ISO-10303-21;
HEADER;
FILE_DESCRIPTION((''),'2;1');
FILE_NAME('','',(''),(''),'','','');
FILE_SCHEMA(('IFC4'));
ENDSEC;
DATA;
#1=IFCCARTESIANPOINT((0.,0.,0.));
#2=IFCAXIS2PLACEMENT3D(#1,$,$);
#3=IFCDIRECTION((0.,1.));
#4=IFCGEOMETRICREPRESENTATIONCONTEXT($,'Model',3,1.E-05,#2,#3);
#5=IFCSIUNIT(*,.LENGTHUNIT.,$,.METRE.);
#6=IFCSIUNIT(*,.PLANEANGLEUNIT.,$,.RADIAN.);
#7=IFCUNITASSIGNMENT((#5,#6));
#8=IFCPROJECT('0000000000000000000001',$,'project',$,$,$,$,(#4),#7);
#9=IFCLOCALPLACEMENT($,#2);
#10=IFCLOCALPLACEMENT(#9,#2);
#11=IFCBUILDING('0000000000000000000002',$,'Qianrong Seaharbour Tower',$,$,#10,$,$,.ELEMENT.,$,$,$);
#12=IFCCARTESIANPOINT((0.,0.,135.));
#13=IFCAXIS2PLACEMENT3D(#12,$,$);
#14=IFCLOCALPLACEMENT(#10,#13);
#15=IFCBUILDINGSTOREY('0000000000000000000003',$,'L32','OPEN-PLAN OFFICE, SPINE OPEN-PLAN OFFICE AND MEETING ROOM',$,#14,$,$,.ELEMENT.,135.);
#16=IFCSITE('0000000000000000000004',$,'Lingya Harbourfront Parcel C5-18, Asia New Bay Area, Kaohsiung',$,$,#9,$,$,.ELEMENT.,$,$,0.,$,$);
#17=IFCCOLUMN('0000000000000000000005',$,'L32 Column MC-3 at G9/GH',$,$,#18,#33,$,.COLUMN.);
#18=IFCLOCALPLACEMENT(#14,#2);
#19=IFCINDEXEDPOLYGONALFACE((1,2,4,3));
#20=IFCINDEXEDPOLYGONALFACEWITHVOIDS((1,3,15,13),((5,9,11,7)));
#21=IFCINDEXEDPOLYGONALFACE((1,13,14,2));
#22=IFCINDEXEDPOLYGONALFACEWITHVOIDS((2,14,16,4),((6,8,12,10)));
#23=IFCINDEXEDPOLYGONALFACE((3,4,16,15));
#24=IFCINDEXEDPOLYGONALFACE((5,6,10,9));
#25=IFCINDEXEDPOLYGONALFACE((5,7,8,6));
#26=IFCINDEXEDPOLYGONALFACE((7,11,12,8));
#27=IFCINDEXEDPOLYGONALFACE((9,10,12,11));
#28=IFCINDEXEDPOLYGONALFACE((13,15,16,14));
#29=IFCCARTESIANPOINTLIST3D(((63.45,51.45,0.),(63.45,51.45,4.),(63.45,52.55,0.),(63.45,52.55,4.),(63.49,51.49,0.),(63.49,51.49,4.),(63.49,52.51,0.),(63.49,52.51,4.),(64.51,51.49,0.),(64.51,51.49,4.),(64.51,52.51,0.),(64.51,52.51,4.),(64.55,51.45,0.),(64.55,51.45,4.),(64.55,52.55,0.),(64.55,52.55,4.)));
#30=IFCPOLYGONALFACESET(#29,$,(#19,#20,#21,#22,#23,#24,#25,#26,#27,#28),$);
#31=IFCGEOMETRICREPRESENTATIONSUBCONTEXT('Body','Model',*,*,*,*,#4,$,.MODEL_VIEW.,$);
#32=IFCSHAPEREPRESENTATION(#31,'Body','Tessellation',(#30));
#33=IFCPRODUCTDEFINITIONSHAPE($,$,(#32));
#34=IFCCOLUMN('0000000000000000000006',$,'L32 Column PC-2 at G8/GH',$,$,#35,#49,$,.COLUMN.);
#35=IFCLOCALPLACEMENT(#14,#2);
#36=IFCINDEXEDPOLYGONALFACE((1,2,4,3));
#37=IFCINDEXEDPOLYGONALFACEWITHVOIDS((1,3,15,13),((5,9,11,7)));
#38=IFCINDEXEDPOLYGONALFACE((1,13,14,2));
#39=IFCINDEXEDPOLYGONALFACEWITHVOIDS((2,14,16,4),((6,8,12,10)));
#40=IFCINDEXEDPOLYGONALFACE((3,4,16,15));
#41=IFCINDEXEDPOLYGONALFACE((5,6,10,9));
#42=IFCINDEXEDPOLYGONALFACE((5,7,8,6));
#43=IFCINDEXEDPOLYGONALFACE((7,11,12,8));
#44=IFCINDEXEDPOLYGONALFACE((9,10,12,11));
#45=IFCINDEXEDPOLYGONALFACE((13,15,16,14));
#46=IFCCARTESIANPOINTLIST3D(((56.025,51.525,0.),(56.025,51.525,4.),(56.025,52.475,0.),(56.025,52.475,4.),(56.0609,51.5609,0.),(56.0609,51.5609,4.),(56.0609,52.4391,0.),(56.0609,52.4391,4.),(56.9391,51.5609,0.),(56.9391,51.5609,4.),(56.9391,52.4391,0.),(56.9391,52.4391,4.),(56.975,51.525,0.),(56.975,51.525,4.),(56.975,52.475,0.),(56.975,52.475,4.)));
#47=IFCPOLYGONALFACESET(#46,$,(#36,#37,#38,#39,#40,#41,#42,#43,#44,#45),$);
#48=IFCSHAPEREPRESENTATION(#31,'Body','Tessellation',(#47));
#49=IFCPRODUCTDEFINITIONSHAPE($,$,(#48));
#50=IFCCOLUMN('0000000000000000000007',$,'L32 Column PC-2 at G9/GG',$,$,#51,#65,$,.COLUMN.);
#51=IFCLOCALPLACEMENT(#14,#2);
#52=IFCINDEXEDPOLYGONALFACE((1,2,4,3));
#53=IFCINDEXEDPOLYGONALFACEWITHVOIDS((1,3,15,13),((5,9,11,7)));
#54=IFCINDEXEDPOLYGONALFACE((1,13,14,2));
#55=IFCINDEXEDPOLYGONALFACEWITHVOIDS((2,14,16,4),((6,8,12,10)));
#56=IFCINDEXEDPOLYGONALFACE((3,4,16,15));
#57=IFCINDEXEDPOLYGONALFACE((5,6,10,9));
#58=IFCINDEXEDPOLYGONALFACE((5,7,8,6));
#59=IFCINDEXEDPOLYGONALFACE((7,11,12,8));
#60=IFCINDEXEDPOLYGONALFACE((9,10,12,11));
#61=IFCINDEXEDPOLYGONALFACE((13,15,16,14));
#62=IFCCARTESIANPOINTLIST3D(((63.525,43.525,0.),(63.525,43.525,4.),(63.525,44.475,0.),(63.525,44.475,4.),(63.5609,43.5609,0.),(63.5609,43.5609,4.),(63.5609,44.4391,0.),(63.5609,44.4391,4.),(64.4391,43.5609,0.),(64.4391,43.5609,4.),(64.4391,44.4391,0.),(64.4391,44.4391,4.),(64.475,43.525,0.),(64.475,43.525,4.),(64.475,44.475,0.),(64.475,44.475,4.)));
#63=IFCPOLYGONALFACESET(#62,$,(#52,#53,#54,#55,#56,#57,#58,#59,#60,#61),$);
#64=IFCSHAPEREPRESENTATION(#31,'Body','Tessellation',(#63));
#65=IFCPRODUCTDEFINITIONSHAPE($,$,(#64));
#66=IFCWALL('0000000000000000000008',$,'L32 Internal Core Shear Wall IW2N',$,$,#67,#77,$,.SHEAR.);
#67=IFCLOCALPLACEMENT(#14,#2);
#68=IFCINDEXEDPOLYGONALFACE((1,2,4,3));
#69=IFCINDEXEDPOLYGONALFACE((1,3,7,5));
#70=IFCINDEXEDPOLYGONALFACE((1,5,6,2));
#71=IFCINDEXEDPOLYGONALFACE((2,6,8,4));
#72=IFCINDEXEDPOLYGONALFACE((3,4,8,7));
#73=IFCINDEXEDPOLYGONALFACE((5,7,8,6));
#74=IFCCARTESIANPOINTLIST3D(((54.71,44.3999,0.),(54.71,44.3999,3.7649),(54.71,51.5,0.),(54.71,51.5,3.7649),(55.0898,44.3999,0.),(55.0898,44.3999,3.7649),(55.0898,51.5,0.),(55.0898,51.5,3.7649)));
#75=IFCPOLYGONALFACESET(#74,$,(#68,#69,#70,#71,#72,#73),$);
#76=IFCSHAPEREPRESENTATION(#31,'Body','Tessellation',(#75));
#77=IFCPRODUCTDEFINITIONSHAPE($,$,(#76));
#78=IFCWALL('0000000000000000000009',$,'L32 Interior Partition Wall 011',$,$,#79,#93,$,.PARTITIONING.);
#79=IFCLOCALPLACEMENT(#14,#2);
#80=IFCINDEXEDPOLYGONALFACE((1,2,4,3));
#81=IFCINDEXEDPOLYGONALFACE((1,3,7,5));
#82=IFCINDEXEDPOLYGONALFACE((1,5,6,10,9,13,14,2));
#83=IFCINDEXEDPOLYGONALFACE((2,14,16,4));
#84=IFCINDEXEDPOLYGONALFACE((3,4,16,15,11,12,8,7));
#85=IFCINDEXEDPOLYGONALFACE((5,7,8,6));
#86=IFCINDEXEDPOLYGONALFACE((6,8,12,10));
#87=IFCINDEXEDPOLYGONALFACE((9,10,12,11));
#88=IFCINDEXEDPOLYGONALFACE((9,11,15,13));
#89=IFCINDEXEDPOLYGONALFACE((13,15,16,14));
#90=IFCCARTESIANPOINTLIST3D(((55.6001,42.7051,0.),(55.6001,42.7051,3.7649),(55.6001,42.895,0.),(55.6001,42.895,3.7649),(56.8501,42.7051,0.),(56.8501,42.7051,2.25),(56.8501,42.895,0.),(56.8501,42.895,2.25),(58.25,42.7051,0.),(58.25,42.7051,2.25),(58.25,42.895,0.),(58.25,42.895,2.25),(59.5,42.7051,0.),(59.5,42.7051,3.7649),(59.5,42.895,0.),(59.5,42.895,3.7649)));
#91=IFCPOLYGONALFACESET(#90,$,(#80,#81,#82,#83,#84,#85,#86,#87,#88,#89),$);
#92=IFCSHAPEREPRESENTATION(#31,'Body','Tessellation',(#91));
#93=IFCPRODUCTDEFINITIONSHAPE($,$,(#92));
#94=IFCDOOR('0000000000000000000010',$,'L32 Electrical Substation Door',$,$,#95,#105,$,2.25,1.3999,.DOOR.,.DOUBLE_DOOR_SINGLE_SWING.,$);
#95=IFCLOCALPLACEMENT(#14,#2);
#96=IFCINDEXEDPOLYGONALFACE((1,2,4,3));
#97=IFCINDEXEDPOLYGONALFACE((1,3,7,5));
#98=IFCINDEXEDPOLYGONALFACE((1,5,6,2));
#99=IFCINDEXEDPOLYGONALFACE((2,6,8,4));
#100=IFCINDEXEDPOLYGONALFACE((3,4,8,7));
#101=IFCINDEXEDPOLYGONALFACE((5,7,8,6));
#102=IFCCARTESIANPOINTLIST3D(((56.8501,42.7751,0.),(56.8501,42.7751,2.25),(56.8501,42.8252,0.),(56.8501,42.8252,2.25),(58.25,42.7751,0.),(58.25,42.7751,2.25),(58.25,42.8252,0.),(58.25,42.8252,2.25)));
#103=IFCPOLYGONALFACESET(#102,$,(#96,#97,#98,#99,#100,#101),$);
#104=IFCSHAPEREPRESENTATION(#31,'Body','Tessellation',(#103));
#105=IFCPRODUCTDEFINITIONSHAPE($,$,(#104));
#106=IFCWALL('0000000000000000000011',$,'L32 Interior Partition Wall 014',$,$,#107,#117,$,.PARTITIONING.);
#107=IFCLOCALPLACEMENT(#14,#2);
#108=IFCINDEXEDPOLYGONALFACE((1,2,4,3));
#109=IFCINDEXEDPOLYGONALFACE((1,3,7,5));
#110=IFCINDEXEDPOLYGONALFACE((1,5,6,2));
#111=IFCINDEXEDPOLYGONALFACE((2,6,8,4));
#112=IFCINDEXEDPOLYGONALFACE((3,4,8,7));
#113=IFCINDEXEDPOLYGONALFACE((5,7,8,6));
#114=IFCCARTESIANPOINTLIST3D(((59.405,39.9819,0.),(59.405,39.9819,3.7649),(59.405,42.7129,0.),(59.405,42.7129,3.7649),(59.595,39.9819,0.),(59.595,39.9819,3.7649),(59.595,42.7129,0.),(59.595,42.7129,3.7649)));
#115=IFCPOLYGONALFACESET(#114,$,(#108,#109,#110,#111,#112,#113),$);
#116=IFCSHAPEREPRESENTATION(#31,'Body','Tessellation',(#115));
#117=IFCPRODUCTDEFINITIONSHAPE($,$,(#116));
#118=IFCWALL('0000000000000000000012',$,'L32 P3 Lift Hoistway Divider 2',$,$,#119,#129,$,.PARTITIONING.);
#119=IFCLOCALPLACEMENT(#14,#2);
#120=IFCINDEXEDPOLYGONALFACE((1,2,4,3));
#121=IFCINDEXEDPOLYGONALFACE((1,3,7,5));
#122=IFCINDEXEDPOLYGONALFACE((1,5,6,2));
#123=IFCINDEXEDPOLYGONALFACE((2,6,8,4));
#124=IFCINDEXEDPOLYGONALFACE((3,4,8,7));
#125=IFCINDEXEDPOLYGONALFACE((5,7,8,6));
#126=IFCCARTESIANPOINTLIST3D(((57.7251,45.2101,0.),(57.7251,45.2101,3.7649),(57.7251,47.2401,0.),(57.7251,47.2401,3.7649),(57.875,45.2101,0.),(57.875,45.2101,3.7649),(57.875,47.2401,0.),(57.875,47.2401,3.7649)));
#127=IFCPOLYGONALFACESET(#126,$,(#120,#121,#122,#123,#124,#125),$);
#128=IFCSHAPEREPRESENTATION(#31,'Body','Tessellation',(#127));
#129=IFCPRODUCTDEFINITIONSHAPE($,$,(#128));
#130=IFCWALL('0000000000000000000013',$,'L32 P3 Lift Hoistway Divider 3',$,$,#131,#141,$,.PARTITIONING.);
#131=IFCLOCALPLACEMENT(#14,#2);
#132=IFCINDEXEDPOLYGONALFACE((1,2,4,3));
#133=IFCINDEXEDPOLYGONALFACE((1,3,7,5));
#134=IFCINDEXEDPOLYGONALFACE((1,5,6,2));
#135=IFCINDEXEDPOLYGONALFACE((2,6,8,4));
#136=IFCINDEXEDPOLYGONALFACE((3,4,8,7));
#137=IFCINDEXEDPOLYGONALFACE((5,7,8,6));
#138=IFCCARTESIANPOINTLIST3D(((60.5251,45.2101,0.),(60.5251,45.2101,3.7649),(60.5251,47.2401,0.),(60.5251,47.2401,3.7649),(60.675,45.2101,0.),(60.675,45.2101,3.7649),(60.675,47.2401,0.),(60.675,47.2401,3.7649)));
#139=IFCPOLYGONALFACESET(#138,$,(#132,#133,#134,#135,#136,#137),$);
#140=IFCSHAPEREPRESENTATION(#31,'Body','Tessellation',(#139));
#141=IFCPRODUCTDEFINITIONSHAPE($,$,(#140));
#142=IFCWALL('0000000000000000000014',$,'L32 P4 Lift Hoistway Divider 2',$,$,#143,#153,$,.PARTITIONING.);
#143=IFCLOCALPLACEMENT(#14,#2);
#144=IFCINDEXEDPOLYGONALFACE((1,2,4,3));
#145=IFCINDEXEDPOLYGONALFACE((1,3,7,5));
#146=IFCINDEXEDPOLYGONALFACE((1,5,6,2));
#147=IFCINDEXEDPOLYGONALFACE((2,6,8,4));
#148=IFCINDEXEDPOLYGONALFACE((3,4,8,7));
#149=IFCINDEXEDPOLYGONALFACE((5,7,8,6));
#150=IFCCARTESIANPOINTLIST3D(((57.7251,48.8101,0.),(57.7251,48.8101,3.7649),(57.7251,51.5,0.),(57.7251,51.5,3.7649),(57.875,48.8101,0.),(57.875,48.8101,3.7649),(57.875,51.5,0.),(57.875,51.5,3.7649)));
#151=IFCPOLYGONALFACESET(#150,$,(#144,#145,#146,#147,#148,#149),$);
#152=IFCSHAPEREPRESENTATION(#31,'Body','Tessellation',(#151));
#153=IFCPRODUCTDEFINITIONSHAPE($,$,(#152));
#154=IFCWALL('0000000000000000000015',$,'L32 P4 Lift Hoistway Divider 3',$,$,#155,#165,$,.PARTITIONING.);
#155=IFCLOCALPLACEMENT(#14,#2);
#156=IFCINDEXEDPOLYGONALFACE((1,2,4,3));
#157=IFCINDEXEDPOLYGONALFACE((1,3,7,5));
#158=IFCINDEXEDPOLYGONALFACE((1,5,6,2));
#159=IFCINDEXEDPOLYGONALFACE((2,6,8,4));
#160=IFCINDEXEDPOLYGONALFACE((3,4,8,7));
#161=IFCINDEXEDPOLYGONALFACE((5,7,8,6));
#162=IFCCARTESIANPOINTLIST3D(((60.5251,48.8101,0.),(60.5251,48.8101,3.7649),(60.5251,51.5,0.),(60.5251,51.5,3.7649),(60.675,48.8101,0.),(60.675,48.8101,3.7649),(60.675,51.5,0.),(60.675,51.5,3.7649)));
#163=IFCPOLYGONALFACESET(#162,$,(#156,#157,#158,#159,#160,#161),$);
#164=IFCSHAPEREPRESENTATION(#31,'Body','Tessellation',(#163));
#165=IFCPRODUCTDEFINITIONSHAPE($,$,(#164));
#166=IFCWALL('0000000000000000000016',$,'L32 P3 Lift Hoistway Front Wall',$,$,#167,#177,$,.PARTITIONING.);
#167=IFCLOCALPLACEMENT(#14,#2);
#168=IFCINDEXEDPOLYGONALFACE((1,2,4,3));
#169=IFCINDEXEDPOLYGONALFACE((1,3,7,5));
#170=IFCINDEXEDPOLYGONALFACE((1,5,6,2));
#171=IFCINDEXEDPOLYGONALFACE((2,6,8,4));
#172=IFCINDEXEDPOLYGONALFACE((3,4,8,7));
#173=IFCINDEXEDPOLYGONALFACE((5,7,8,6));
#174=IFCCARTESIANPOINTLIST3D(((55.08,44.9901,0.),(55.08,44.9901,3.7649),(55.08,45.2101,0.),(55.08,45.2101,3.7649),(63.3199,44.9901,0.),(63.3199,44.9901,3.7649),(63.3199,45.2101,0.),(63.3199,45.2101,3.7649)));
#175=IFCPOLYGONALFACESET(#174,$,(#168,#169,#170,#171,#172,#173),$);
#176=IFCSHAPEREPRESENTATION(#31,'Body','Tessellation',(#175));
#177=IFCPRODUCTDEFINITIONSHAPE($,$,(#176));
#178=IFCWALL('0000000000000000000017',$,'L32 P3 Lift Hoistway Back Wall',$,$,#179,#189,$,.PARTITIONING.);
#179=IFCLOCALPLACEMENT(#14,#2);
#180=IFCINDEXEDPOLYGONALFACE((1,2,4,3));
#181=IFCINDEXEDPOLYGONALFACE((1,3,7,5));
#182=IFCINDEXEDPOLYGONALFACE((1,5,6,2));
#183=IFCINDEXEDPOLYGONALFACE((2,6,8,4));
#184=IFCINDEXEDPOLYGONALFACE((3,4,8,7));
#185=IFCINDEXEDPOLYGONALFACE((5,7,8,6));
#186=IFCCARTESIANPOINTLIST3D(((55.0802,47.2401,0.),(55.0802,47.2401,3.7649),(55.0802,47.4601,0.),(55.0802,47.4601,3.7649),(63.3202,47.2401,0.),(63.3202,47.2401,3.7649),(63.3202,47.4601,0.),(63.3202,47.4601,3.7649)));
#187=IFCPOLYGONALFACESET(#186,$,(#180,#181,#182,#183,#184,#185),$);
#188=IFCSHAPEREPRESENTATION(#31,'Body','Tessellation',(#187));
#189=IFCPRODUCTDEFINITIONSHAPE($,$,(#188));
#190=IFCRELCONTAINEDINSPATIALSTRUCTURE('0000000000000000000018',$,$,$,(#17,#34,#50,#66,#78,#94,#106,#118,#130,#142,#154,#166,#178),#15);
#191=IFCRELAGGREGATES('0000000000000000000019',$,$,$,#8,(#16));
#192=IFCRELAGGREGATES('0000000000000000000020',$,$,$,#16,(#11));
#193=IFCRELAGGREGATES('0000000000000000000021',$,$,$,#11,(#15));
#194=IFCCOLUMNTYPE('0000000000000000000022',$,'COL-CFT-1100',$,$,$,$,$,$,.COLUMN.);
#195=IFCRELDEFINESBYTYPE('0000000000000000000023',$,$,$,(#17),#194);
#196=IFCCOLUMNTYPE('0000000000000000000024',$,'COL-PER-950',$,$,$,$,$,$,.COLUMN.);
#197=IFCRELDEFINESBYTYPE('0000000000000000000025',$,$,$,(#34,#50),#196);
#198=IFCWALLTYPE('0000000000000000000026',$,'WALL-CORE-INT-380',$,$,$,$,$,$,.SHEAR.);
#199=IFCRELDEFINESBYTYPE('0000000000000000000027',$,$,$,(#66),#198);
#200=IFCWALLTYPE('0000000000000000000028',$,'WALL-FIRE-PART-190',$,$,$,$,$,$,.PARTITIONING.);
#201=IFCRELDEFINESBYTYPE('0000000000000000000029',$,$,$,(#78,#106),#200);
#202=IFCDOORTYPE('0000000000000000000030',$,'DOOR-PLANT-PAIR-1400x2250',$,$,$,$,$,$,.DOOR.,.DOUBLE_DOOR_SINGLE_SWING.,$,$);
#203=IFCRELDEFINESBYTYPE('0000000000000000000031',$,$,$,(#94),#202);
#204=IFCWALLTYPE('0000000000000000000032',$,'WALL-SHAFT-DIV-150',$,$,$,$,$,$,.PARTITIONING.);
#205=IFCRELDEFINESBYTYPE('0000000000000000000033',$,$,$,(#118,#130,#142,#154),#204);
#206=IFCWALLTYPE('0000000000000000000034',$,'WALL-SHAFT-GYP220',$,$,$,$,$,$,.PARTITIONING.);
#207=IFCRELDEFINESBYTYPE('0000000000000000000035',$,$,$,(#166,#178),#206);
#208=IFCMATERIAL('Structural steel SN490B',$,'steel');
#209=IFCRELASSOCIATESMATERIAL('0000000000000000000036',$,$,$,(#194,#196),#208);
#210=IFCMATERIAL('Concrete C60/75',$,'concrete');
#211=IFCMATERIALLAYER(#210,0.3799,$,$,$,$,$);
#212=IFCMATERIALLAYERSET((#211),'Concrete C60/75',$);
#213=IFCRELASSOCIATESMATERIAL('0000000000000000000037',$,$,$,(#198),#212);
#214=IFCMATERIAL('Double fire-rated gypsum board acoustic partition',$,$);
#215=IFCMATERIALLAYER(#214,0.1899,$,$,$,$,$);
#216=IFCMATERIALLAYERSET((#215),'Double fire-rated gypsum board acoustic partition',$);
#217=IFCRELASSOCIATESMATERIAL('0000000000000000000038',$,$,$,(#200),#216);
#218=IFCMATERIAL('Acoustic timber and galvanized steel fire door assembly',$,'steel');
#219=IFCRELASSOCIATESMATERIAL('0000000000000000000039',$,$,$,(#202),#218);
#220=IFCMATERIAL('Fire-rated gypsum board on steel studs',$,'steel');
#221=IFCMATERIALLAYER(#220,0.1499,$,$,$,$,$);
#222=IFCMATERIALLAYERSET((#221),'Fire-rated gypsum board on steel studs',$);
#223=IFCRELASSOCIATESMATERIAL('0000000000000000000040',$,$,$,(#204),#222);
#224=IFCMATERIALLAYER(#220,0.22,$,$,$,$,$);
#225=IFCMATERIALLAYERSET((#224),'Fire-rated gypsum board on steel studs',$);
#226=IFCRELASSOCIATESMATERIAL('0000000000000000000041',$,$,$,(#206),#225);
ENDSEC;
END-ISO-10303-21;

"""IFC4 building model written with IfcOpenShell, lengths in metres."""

from ifc_helpers import new_model, si_unit, direction, frame, frame_2d, origin, origin_2d, place, context, subcontext, project, spatial, rectangle, hollow_rectangle, extrude, material, layer, layer_set, material_profile, profile_set, type_object, element, fill, save


model = new_model("IFC4")

# Units and contexts
model_context = context("Model", 3, precision=1e-05, world=origin(), true_north=direction((0.0, 1.0)))
body_context = subcontext(model_context, "Body", "Model", "MODEL_VIEW")
ifc_project = project(units=[si_unit("LENGTHUNIT", "METRE"), si_unit("PLANEANGLEUNIT", "RADIAN")], contexts=[model_context])

# Site, building, storey
site_placement = place(None, origin())
site = spatial("IfcSite", under=ifc_project, at=site_placement, Name="Lingya Harbourfront Parcel C5-18, Asia New Bay Area, Kaohsiung", CompositionType="ELEMENT", RefElevation=0.0)
building_placement = place(site_placement, origin())
building = spatial("IfcBuilding", under=site, at=building_placement, Name="Qianrong Seaharbour Tower", CompositionType="ELEMENT")
storey_placement = place(building_placement, frame((0.0, 0.0, 135.0)))
storey = spatial("IfcBuildingStorey", under=building, at=storey_placement, Name="L32", Description="OPEN-PLAN OFFICE, SPINE OPEN-PLAN OFFICE AND MEETING ROOM", CompositionType="ELEMENT", Elevation=135.0)

# Columns
ifc_material_1 = material(Name="Structural steel SN490B", Category="steel")
ifc_material_profile_1 = material_profile(ifc_material_1, hollow_rectangle(XDim=1.1001, YDim=1.1001, WallThickness=0.04, at=origin_2d()), Name="BOX1100x1100x40")
ifc_profile_set_1 = profile_set([ifc_material_profile_1], Name="Structural steel SN490B")
column_type_1 = type_object("IfcColumnType", Name="COL-CFT-1100", PredefinedType="COLUMN", material=ifc_profile_set_1)
column_placement = place(storey_placement, frame((64.0, 52.0, 0.0), z_axis=(0.0, 0.0, 1.0), x_axis=(1.0, 0.0, 0.0)))
element("IfcColumn", 1, at=column_placement, inside=storey, type_object=column_type_1, Name="L32 Column MC-3 at G9/GH", PredefinedType="COLUMN", context=body_context, shape_type="SweptSolid", body=[
    extrude(hollow_rectangle(XDim=1.1001, YDim=1.1001, WallThickness=0.04, at=origin_2d()), origin(), (0.0, 0.0, 1.0), 4.0),
])
ifc_material_profile_2 = material_profile(ifc_material_1, hollow_rectangle(XDim=0.95, YDim=0.95, WallThickness=0.0359, at=origin_2d()), Name="BOX950x950x36")
ifc_profile_set_2 = profile_set([ifc_material_profile_2], Name="Structural steel SN490B")
column_type_2 = type_object("IfcColumnType", Name="COL-PER-950", PredefinedType="COLUMN", material=ifc_profile_set_2)
for number, where, z_axis, x_axis, name in (
    (2, (56.5, 52.0, 0.0), (0.0, 0.0, 1.0), (1.0, 0.0, 0.0), "L32 Column PC-2 at G8/GH"),
    (3, (64.0, 44.0, 0.0), (0.0, 0.0, 1.0), (1.0, 0.0, 0.0), "L32 Column PC-2 at G9/GG"),
):
    element("IfcColumn", number, at=place(storey_placement, frame(where, z_axis=z_axis, x_axis=x_axis)), inside=storey, type_object=column_type_2, Name=name, PredefinedType="COLUMN", context=body_context, shape_type="SweptSolid", body=[
        extrude(hollow_rectangle(XDim=0.95, YDim=0.95, WallThickness=0.0359, at=origin_2d()), origin(), (0.0, 0.0, 1.0), 4.0),
    ])

# Wall
ifc_material_2 = material(Name="Concrete C60/75", Category="concrete")
ifc_layer_1 = layer(ifc_material_2, 0.3799)
ifc_layer_set_1 = layer_set([ifc_layer_1], Name="Concrete C60/75")
wall_type_1 = type_object("IfcWallType", Name="WALL-CORE-INT-380", PredefinedType="SHEAR", material=ifc_layer_set_1)
wall_1_placement = place(storey_placement, frame((54.8999, 44.3999, 0.0), z_axis=(0.0, 0.0, 1.0), x_axis=(0.0, 1.0, 0.0)))
element("IfcWall", 4, at=wall_1_placement, inside=storey, type_object=wall_type_1, Name="L32 Internal Core Shear Wall IW2N", PredefinedType="SHEAR", context=body_context, shape_type="SweptSolid", body=[
    extrude(rectangle(XDim=7.1001, YDim=0.3799, at=frame_2d((3.55, 0.0))), origin(), (0.0, 0.0, 1.0), 3.7649),
])

# Wall, opening, door
ifc_material_3 = material(Name="Acoustic timber and galvanized steel fire door assembly", Category="steel")
ifc_material_4 = material(Name="Double fire-rated gypsum board acoustic partition")
ifc_layer_2 = layer(ifc_material_4, 0.1899)
ifc_layer_set_2 = layer_set([ifc_layer_2], Name="Double fire-rated gypsum board acoustic partition")
wall_type_2 = type_object("IfcWallType", Name="WALL-FIRE-PART-190", PredefinedType="PARTITIONING", material=ifc_layer_set_2)
wall_2_placement = place(storey_placement, frame((59.5, 42.8, 0.0), z_axis=(0.0, 0.0, 1.0), x_axis=(-1.0, 0.0, 0.0)))
wall_2 = element("IfcWall", 5, at=wall_2_placement, inside=storey, type_object=wall_type_2, Name="L32 Interior Partition Wall 011", PredefinedType="PARTITIONING", context=body_context, shape_type="SweptSolid", body=[
    extrude(rectangle(XDim=3.8999, YDim=0.1899, at=frame_2d((1.95, 0.0))), origin(), (0.0, 0.0, 1.0), 3.7649),
])
opening_1_placement = place(wall_2_placement, frame((1.25, 0.0, 0.0)))
opening_1 = element("IfcOpeningElement", 6, at=opening_1_placement, cuts=wall_2, PredefinedType="OPENING", context=body_context, shape_type="SweptSolid", body=[
    extrude(rectangle(XDim=1.3999, YDim=2.25, at=frame_2d((0.7, 1.125))), frame((0.0, 0.105, 0.0), z_axis=(0.0, -1.0, 0.0), x_axis=(1.0, 0.0, 0.0)), (0.0, 0.0, 1.0), 0.21),
])
door_type_1 = type_object("IfcDoorType", Name="DOOR-PLANT-PAIR-1400x2250", OperationType="DOUBLE_DOOR_SINGLE_SWING", PredefinedType="DOOR", material=ifc_material_3)
door_1_placement = place(opening_1_placement, origin())
door_1 = element("IfcDoor", 7, at=door_1_placement, inside=storey, type_object=door_type_1, Name="L32 Electrical Substation Door", OperationType="DOUBLE_DOOR_SINGLE_SWING", OverallHeight=2.25, OverallWidth=1.3999, PredefinedType="DOOR", context=body_context, shape_type="SweptSolid", body=[
    extrude(rectangle(XDim=1.3999, YDim=2.25, at=frame_2d((0.7, 1.125))), frame((0.0, 0.0249, 0.0), z_axis=(0.0, -1.0, 0.0), x_axis=(1.0, 0.0, 0.0)), (0.0, 0.0, 1.0), 0.05),
])
fill(opening_1, door_1)

# Walls
wall_3_placement = place(storey_placement, frame((59.5, 42.7129, 0.0), z_axis=(0.0, 0.0, 1.0), x_axis=(0.0, -1.0, 0.0)))
element("IfcWall", 8, at=wall_3_placement, inside=storey, type_object=wall_type_2, Name="L32 Interior Partition Wall 014", PredefinedType="PARTITIONING", context=body_context, shape_type="SweptSolid", body=[
    extrude(rectangle(XDim=2.731, YDim=0.1899, at=frame_2d((1.3655, 0.0))), origin(), (0.0, 0.0, 1.0), 3.7649),
])
ifc_material_5 = material(Name="Fire-rated gypsum board on steel studs", Category="steel")
ifc_layer_3 = layer(ifc_material_5, 0.1499)
ifc_layer_set_3 = layer_set([ifc_layer_3], Name="Fire-rated gypsum board on steel studs")
wall_type_3 = type_object("IfcWallType", Name="WALL-SHAFT-DIV-150", PredefinedType="PARTITIONING", material=ifc_layer_set_3)
for number, where, z_axis, x_axis, name in (
    (9, (57.8, 45.21, 0.0), (0.0, 0.0, 1.0), (0.0, 1.0, 0.0), "L32 P3 Lift Hoistway Divider 2"),
    (10, (60.6001, 45.21, 0.0), (0.0, 0.0, 1.0), (0.0, 1.0, 0.0), "L32 P3 Lift Hoistway Divider 3"),
):
    element("IfcWall", number, at=place(storey_placement, frame(where, z_axis=z_axis, x_axis=x_axis)), inside=storey, type_object=wall_type_3, Name=name, PredefinedType="PARTITIONING", context=body_context, shape_type="SweptSolid", body=[
        extrude(rectangle(XDim=2.03, YDim=0.1499, at=frame_2d((1.0151, 0.0))), origin(), (0.0, 0.0, 1.0), 3.7649),
    ])
for number, where, z_axis, x_axis, name in (
    (11, (57.8, 48.8101, 0.0), (0.0, 0.0, 1.0), (0.0, 1.0, 0.0), "L32 P4 Lift Hoistway Divider 2"),
    (12, (60.6001, 48.8101, 0.0), (0.0, 0.0, 1.0), (0.0, 1.0, 0.0), "L32 P4 Lift Hoistway Divider 3"),
):
    element("IfcWall", number, at=place(storey_placement, frame(where, z_axis=z_axis, x_axis=x_axis)), inside=storey, type_object=wall_type_3, Name=name, PredefinedType="PARTITIONING", context=body_context, shape_type="SweptSolid", body=[
        extrude(rectangle(XDim=2.6899, YDim=0.1499, at=frame_2d((1.345, 0.0))), origin(), (0.0, 0.0, 1.0), 3.7649),
    ])
ifc_layer_4 = layer(ifc_material_5, 0.22)
ifc_layer_set_4 = layer_set([ifc_layer_4], Name="Fire-rated gypsum board on steel studs")
wall_type_4 = type_object("IfcWallType", Name="WALL-SHAFT-GYP220", PredefinedType="PARTITIONING", material=ifc_layer_set_4)
for number, where, z_axis, x_axis, name in (
    (13, (63.3201, 45.1001, 0.0), (0.0, 0.0, 1.0), (-1.0, 0.0, 0.0), "L32 P3 Lift Hoistway Front Wall"),
    (14, (55.0801, 47.3501, 0.0), (0.0, 0.0, 1.0), (1.0, 0.0, 0.0), "L32 P3 Lift Hoistway Back Wall"),
):
    element("IfcWall", number, at=place(storey_placement, frame(where, z_axis=z_axis, x_axis=x_axis)), inside=storey, type_object=wall_type_4, Name=name, PredefinedType="PARTITIONING", context=body_context, shape_type="SweptSolid", body=[
        extrude(rectangle(XDim=8.24, YDim=0.22, at=frame_2d((4.1201, 0.0))), origin(), (0.0, 0.0, 1.0), 3.7649),
    ])

save(model, "model.ifc")
